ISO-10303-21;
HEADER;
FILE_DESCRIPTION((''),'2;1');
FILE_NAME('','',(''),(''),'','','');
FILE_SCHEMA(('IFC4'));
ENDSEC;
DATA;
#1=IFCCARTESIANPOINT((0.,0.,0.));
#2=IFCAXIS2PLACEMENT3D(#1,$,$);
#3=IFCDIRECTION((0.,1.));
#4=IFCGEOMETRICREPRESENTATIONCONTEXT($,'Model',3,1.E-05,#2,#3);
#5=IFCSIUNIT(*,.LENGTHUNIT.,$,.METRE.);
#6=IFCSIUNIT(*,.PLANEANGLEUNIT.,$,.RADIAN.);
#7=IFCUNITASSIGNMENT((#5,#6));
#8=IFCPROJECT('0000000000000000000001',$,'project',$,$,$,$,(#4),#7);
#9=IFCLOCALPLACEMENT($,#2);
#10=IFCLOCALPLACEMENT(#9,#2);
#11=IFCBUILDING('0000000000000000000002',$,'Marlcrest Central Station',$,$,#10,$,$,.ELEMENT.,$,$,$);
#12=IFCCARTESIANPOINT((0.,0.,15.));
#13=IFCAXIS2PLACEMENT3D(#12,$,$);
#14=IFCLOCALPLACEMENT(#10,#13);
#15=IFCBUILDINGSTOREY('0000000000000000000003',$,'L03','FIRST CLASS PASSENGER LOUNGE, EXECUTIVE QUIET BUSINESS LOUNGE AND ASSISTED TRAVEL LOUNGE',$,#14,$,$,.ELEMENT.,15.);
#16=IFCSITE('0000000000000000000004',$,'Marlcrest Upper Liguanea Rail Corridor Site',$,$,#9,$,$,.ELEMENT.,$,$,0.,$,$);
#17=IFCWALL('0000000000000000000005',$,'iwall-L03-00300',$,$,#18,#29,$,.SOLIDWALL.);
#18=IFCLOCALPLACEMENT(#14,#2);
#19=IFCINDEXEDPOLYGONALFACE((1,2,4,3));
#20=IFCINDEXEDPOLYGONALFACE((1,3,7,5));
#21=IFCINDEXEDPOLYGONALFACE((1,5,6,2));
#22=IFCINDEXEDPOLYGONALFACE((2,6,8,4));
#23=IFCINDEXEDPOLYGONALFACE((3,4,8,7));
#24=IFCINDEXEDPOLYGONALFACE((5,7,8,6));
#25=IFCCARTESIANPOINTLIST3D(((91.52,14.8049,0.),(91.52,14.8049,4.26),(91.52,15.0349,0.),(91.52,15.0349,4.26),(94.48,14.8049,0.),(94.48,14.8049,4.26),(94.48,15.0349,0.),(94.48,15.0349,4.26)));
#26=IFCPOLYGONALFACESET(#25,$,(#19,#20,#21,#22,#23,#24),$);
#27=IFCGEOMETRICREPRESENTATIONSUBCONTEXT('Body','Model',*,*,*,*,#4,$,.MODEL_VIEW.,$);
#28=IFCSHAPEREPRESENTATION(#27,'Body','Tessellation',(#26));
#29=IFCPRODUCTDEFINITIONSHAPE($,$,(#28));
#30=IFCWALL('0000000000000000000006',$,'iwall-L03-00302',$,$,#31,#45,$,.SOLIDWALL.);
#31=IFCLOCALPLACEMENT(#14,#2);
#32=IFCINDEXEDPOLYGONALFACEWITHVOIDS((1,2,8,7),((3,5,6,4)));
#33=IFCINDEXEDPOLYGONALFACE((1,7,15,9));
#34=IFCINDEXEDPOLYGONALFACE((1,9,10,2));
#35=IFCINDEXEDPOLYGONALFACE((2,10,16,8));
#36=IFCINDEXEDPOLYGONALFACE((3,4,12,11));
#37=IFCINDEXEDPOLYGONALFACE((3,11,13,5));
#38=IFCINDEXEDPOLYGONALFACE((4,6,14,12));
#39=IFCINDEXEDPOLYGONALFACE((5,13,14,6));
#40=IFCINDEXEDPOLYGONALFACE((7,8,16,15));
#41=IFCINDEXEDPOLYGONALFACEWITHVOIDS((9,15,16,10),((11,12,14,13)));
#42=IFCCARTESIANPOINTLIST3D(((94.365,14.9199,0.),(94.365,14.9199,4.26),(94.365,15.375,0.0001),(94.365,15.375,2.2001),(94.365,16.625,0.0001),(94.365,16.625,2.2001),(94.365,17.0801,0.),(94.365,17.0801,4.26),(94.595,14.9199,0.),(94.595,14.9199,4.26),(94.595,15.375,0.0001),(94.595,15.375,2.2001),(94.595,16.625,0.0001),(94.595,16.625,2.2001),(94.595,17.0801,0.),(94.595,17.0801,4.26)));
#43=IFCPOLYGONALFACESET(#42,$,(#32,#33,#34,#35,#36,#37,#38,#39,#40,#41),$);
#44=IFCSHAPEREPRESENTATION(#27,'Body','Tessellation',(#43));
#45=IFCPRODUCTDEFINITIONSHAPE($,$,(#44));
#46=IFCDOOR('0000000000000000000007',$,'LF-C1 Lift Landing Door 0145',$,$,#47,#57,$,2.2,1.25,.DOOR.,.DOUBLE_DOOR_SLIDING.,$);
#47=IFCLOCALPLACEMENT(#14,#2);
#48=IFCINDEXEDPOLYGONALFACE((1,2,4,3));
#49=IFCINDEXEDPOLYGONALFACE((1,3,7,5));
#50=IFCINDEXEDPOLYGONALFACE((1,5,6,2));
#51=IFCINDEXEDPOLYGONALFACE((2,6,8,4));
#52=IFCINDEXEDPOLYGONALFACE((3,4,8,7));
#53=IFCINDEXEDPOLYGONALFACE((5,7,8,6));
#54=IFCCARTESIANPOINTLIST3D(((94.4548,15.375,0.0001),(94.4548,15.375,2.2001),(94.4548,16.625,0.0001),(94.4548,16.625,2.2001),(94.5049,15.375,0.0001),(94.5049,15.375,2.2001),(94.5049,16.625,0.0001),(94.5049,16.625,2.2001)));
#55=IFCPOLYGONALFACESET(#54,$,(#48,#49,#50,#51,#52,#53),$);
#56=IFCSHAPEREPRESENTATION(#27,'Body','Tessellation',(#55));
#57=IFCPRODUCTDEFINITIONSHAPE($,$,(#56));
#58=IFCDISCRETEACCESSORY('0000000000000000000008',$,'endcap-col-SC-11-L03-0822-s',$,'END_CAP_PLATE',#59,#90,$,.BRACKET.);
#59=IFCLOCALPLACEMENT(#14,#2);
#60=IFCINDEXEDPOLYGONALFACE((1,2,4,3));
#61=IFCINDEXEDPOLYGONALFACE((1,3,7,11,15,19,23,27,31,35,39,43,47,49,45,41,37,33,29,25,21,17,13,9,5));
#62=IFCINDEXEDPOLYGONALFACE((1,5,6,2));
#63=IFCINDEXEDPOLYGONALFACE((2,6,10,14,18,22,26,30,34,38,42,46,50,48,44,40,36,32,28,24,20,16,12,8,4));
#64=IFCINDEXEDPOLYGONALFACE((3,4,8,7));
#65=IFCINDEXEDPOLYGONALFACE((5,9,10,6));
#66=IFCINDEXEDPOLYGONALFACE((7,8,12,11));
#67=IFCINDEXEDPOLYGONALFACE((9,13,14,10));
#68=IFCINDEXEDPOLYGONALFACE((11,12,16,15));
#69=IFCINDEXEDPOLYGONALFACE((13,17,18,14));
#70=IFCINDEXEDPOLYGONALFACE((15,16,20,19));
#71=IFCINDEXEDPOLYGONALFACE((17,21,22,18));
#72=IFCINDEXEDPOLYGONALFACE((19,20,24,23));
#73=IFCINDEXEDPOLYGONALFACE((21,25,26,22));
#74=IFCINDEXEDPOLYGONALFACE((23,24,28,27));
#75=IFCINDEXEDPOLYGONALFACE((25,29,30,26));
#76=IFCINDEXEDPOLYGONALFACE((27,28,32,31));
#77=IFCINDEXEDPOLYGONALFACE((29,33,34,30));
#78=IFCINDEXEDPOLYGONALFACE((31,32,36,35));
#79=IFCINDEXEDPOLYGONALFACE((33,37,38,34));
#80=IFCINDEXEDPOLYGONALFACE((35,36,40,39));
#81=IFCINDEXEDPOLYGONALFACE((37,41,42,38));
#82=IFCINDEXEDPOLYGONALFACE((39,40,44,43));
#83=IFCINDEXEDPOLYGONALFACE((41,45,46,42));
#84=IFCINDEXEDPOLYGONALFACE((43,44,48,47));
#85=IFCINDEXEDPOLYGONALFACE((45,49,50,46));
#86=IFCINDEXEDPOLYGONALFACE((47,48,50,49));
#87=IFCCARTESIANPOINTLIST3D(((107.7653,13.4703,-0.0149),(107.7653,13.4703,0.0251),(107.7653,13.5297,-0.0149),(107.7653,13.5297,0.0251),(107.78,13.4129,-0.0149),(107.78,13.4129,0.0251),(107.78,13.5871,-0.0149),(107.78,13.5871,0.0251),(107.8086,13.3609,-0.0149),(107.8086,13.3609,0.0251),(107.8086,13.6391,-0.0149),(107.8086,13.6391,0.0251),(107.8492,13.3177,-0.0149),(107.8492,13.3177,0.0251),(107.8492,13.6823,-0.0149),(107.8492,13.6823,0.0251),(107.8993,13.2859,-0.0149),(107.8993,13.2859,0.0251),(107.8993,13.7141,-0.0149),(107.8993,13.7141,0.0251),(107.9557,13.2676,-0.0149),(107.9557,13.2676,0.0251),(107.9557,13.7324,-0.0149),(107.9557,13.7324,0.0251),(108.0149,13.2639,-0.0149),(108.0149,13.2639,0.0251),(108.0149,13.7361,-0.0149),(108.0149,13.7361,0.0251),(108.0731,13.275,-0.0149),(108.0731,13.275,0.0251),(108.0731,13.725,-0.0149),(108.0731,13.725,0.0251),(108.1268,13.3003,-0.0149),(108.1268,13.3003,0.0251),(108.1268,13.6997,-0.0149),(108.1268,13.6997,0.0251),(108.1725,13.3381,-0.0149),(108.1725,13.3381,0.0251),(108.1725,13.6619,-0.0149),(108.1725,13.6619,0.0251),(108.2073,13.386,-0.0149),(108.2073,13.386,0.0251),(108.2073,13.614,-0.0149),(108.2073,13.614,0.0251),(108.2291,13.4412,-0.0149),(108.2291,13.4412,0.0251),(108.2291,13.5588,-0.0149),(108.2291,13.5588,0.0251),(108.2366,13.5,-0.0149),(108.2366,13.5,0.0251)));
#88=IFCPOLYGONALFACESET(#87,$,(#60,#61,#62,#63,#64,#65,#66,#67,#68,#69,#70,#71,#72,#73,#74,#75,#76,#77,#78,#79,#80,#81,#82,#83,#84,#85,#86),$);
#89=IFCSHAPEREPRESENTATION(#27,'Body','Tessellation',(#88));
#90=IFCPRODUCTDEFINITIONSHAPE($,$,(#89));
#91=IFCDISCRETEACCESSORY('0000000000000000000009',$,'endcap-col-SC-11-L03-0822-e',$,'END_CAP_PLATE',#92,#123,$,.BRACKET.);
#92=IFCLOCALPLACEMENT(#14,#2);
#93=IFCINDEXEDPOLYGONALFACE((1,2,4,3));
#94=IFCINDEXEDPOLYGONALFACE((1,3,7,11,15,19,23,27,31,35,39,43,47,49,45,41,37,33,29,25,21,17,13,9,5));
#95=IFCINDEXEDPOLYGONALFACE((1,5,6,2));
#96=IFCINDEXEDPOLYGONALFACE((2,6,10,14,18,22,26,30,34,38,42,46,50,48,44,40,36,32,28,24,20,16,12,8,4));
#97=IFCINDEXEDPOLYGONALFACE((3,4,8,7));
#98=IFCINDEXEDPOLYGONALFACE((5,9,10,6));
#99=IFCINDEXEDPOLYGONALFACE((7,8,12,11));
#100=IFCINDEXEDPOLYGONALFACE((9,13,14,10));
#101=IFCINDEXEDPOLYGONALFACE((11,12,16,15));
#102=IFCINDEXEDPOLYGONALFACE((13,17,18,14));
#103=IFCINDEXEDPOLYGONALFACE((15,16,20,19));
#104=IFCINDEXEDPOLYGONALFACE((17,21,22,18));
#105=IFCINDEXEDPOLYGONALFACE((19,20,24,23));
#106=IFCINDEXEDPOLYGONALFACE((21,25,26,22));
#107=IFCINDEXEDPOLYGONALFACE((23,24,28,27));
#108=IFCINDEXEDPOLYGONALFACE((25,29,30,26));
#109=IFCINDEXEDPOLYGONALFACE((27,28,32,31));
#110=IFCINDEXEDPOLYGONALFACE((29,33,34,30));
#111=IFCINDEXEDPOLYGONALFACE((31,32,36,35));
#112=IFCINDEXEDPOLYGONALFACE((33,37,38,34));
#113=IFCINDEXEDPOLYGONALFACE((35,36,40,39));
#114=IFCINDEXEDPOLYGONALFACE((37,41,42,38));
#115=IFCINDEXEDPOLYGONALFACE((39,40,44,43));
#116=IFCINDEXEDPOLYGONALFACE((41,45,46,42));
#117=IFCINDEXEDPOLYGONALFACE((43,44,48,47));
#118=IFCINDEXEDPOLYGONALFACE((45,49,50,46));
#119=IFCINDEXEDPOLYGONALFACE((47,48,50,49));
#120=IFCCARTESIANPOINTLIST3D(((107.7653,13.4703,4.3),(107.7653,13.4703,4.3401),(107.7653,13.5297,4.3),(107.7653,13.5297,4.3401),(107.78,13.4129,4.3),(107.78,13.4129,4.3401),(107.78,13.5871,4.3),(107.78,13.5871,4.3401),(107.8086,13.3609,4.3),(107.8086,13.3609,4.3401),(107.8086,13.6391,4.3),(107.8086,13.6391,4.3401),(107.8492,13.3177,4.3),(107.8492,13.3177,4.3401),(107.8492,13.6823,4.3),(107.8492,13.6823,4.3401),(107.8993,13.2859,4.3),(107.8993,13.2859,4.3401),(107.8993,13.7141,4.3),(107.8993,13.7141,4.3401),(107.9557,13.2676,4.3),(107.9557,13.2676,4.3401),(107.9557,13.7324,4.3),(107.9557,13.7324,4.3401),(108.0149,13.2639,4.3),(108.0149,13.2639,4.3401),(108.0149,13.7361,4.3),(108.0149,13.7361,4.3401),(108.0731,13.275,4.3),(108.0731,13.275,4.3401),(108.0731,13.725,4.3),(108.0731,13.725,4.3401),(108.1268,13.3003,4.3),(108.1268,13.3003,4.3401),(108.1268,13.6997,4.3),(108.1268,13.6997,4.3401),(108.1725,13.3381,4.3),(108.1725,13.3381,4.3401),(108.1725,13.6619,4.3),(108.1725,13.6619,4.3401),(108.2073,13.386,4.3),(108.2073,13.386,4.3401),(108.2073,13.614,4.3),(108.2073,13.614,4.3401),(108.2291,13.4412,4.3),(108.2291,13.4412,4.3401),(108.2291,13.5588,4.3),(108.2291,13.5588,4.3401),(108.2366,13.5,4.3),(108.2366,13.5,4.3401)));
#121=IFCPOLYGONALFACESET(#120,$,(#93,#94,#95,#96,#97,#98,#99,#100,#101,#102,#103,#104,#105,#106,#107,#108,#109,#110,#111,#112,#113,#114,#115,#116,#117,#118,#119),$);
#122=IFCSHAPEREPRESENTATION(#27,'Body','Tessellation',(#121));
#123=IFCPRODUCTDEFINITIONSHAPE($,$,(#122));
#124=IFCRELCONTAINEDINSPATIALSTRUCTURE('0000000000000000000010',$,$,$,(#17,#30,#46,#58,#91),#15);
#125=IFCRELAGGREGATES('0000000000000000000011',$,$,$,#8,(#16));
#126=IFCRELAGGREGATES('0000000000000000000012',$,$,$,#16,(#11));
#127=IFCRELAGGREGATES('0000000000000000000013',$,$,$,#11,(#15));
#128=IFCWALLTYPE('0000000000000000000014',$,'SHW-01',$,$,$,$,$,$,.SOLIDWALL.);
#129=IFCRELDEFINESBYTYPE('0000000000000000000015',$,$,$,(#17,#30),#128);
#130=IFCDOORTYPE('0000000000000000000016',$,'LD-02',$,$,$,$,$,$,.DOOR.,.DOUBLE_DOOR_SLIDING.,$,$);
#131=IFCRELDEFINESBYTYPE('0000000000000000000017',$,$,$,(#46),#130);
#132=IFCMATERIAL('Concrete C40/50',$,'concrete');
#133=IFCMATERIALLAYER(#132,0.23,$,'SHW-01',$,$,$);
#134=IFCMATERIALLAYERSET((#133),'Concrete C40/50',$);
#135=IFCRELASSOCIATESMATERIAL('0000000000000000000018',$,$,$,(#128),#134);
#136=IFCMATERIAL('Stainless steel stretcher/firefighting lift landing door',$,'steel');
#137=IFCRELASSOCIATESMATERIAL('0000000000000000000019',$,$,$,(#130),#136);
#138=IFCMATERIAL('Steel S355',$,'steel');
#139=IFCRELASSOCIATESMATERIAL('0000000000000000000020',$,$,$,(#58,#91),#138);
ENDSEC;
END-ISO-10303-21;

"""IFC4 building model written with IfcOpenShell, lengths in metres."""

from ifc_helpers import new_model, si_unit, direction, frame, frame_2d, origin, origin_2d, place, context, subcontext, project, spatial, rectangle, circle, extrude, material, layer, layer_set, type_object, element, fill, save


model = new_model("IFC4")

# Units and contexts
model_context = context("Model", 3, precision=1e-05, world=origin(), true_north=direction((0.0, 1.0)))
body_context = subcontext(model_context, "Body", "Model", "MODEL_VIEW")
ifc_project = project(units=[si_unit("LENGTHUNIT", "METRE"), si_unit("PLANEANGLEUNIT", "RADIAN")], contexts=[model_context])

# Site, building, storey
site_placement = place(None, origin())
site = spatial("IfcSite", under=ifc_project, at=site_placement, Name="Marlcrest Upper Liguanea Rail Corridor Site", CompositionType="ELEMENT", RefElevation=0.0)
building_placement = place(site_placement, origin())
building = spatial("IfcBuilding", under=site, at=building_placement, Name="Marlcrest Central Station", CompositionType="ELEMENT")
storey_placement = place(building_placement, frame((0.0, 0.0, 15.0)))
storey = spatial("IfcBuildingStorey", under=building, at=storey_placement, Name="L03", Description="FIRST CLASS PASSENGER LOUNGE, EXECUTIVE QUIET BUSINESS LOUNGE AND ASSISTED TRAVEL LOUNGE", CompositionType="ELEMENT", Elevation=15.0)

# Shared definitions
ifc_material_1 = material(Name="Steel S355", Category="steel")

# Wall
ifc_material_2 = material(Name="Concrete C40/50", Category="concrete")
ifc_layer_1 = layer(ifc_material_2, 0.23, Name="SHW-01")
ifc_layer_set_1 = layer_set([ifc_layer_1], Name="Concrete C40/50")
wall_type_1 = type_object("IfcWallType", Name="SHW-01", PredefinedType="SOLIDWALL", material=ifc_layer_set_1)
wall_1_placement = place(storey_placement, frame((94.48, 14.9199, 0.0), z_axis=(0.0, 0.0, 1.0), x_axis=(-1.0, 0.0, 0.0)))
element("IfcWall", 1, at=wall_1_placement, inside=storey, type_object=wall_type_1, Name="iwall-L03-00300", PredefinedType="SOLIDWALL", context=body_context, shape_type="SweptSolid", body=[
    extrude(rectangle(XDim=2.96, YDim=0.23, at=frame_2d((1.48, 0.0))), origin(), (0.0, 0.0, 1.0), 4.26),
])

# Wall, opening, door
wall_2_placement = place(storey_placement, frame((94.48, 17.0801, 0.0), z_axis=(0.0, 0.0, 1.0), x_axis=(0.0, -1.0, 0.0)))
wall_2 = element("IfcWall", 2, at=wall_2_placement, inside=storey, type_object=wall_type_1, Name="iwall-L03-00302", PredefinedType="SOLIDWALL", context=body_context, shape_type="SweptSolid", body=[
    extrude(rectangle(XDim=2.1602, YDim=0.23, at=frame_2d((1.0801, 0.0))), origin(), (0.0, 0.0, 1.0), 4.26),
])
opening_1_placement = place(wall_2_placement, frame((0.4551, 0.0, 0.0)))
opening_1 = element("IfcOpeningElement", 3, at=opening_1_placement, cuts=wall_2, PredefinedType="OPENING", context=body_context, shape_type="SweptSolid", body=[
    extrude(rectangle(XDim=1.25, YDim=2.2, at=frame_2d((0.625, 1.1001))), frame((0.0, 0.125, 0.0), z_axis=(0.0, -1.0, 0.0), x_axis=(1.0, 0.0, 0.0)), (0.0, 0.0, 1.0), 0.25),
])
ifc_material_3 = material(Name="Stainless steel stretcher/firefighting lift landing door", Category="steel")
door_type_1 = type_object("IfcDoorType", Name="LD-02", OperationType="DOUBLE_DOOR_SLIDING", PredefinedType="DOOR", material=ifc_material_3)
door_1_placement = place(opening_1_placement, origin())
door_1 = element("IfcDoor", 4, at=door_1_placement, inside=storey, type_object=door_type_1, Name="LF-C1 Lift Landing Door 0145", OperationType="DOUBLE_DOOR_SLIDING", OverallHeight=2.2, OverallWidth=1.25, PredefinedType="DOOR", context=body_context, shape_type="SweptSolid", body=[
    extrude(rectangle(XDim=1.25, YDim=2.2, at=frame_2d((0.625, 1.1001))), frame((0.0, 0.0249, 0.0), z_axis=(0.0, -1.0, 0.0), x_axis=(1.0, 0.0, 0.0)), (0.0, 0.0, 1.0), 0.05),
])
fill(opening_1, door_1)

# Discrete accessories
for number, where, z_axis, x_axis, name in (
    (5, (108.0, 13.5, -0.0149), (0.0, 0.0, 1.0), (1.0, 0.0, 0.0), "endcap-col-SC-11-L03-0822-s"),
    (6, (108.0, 13.5, 4.3), (0.0, 0.0, 1.0), (1.0, 0.0, 0.0), "endcap-col-SC-11-L03-0822-e"),
):
    element("IfcDiscreteAccessory", number, at=place(storey_placement, frame(where, z_axis=z_axis, x_axis=x_axis)), inside=storey, material=ifc_material_1, Name=name, ObjectType="END_CAP_PLATE", PredefinedType="BRACKET", context=body_context, shape_type="SweptSolid", body=[
        extrude(circle(Radius=0.2366, at=origin_2d()), origin(), (0.0, 0.0, 1.0), 0.04),
    ])

save(model, "model.ifc")
